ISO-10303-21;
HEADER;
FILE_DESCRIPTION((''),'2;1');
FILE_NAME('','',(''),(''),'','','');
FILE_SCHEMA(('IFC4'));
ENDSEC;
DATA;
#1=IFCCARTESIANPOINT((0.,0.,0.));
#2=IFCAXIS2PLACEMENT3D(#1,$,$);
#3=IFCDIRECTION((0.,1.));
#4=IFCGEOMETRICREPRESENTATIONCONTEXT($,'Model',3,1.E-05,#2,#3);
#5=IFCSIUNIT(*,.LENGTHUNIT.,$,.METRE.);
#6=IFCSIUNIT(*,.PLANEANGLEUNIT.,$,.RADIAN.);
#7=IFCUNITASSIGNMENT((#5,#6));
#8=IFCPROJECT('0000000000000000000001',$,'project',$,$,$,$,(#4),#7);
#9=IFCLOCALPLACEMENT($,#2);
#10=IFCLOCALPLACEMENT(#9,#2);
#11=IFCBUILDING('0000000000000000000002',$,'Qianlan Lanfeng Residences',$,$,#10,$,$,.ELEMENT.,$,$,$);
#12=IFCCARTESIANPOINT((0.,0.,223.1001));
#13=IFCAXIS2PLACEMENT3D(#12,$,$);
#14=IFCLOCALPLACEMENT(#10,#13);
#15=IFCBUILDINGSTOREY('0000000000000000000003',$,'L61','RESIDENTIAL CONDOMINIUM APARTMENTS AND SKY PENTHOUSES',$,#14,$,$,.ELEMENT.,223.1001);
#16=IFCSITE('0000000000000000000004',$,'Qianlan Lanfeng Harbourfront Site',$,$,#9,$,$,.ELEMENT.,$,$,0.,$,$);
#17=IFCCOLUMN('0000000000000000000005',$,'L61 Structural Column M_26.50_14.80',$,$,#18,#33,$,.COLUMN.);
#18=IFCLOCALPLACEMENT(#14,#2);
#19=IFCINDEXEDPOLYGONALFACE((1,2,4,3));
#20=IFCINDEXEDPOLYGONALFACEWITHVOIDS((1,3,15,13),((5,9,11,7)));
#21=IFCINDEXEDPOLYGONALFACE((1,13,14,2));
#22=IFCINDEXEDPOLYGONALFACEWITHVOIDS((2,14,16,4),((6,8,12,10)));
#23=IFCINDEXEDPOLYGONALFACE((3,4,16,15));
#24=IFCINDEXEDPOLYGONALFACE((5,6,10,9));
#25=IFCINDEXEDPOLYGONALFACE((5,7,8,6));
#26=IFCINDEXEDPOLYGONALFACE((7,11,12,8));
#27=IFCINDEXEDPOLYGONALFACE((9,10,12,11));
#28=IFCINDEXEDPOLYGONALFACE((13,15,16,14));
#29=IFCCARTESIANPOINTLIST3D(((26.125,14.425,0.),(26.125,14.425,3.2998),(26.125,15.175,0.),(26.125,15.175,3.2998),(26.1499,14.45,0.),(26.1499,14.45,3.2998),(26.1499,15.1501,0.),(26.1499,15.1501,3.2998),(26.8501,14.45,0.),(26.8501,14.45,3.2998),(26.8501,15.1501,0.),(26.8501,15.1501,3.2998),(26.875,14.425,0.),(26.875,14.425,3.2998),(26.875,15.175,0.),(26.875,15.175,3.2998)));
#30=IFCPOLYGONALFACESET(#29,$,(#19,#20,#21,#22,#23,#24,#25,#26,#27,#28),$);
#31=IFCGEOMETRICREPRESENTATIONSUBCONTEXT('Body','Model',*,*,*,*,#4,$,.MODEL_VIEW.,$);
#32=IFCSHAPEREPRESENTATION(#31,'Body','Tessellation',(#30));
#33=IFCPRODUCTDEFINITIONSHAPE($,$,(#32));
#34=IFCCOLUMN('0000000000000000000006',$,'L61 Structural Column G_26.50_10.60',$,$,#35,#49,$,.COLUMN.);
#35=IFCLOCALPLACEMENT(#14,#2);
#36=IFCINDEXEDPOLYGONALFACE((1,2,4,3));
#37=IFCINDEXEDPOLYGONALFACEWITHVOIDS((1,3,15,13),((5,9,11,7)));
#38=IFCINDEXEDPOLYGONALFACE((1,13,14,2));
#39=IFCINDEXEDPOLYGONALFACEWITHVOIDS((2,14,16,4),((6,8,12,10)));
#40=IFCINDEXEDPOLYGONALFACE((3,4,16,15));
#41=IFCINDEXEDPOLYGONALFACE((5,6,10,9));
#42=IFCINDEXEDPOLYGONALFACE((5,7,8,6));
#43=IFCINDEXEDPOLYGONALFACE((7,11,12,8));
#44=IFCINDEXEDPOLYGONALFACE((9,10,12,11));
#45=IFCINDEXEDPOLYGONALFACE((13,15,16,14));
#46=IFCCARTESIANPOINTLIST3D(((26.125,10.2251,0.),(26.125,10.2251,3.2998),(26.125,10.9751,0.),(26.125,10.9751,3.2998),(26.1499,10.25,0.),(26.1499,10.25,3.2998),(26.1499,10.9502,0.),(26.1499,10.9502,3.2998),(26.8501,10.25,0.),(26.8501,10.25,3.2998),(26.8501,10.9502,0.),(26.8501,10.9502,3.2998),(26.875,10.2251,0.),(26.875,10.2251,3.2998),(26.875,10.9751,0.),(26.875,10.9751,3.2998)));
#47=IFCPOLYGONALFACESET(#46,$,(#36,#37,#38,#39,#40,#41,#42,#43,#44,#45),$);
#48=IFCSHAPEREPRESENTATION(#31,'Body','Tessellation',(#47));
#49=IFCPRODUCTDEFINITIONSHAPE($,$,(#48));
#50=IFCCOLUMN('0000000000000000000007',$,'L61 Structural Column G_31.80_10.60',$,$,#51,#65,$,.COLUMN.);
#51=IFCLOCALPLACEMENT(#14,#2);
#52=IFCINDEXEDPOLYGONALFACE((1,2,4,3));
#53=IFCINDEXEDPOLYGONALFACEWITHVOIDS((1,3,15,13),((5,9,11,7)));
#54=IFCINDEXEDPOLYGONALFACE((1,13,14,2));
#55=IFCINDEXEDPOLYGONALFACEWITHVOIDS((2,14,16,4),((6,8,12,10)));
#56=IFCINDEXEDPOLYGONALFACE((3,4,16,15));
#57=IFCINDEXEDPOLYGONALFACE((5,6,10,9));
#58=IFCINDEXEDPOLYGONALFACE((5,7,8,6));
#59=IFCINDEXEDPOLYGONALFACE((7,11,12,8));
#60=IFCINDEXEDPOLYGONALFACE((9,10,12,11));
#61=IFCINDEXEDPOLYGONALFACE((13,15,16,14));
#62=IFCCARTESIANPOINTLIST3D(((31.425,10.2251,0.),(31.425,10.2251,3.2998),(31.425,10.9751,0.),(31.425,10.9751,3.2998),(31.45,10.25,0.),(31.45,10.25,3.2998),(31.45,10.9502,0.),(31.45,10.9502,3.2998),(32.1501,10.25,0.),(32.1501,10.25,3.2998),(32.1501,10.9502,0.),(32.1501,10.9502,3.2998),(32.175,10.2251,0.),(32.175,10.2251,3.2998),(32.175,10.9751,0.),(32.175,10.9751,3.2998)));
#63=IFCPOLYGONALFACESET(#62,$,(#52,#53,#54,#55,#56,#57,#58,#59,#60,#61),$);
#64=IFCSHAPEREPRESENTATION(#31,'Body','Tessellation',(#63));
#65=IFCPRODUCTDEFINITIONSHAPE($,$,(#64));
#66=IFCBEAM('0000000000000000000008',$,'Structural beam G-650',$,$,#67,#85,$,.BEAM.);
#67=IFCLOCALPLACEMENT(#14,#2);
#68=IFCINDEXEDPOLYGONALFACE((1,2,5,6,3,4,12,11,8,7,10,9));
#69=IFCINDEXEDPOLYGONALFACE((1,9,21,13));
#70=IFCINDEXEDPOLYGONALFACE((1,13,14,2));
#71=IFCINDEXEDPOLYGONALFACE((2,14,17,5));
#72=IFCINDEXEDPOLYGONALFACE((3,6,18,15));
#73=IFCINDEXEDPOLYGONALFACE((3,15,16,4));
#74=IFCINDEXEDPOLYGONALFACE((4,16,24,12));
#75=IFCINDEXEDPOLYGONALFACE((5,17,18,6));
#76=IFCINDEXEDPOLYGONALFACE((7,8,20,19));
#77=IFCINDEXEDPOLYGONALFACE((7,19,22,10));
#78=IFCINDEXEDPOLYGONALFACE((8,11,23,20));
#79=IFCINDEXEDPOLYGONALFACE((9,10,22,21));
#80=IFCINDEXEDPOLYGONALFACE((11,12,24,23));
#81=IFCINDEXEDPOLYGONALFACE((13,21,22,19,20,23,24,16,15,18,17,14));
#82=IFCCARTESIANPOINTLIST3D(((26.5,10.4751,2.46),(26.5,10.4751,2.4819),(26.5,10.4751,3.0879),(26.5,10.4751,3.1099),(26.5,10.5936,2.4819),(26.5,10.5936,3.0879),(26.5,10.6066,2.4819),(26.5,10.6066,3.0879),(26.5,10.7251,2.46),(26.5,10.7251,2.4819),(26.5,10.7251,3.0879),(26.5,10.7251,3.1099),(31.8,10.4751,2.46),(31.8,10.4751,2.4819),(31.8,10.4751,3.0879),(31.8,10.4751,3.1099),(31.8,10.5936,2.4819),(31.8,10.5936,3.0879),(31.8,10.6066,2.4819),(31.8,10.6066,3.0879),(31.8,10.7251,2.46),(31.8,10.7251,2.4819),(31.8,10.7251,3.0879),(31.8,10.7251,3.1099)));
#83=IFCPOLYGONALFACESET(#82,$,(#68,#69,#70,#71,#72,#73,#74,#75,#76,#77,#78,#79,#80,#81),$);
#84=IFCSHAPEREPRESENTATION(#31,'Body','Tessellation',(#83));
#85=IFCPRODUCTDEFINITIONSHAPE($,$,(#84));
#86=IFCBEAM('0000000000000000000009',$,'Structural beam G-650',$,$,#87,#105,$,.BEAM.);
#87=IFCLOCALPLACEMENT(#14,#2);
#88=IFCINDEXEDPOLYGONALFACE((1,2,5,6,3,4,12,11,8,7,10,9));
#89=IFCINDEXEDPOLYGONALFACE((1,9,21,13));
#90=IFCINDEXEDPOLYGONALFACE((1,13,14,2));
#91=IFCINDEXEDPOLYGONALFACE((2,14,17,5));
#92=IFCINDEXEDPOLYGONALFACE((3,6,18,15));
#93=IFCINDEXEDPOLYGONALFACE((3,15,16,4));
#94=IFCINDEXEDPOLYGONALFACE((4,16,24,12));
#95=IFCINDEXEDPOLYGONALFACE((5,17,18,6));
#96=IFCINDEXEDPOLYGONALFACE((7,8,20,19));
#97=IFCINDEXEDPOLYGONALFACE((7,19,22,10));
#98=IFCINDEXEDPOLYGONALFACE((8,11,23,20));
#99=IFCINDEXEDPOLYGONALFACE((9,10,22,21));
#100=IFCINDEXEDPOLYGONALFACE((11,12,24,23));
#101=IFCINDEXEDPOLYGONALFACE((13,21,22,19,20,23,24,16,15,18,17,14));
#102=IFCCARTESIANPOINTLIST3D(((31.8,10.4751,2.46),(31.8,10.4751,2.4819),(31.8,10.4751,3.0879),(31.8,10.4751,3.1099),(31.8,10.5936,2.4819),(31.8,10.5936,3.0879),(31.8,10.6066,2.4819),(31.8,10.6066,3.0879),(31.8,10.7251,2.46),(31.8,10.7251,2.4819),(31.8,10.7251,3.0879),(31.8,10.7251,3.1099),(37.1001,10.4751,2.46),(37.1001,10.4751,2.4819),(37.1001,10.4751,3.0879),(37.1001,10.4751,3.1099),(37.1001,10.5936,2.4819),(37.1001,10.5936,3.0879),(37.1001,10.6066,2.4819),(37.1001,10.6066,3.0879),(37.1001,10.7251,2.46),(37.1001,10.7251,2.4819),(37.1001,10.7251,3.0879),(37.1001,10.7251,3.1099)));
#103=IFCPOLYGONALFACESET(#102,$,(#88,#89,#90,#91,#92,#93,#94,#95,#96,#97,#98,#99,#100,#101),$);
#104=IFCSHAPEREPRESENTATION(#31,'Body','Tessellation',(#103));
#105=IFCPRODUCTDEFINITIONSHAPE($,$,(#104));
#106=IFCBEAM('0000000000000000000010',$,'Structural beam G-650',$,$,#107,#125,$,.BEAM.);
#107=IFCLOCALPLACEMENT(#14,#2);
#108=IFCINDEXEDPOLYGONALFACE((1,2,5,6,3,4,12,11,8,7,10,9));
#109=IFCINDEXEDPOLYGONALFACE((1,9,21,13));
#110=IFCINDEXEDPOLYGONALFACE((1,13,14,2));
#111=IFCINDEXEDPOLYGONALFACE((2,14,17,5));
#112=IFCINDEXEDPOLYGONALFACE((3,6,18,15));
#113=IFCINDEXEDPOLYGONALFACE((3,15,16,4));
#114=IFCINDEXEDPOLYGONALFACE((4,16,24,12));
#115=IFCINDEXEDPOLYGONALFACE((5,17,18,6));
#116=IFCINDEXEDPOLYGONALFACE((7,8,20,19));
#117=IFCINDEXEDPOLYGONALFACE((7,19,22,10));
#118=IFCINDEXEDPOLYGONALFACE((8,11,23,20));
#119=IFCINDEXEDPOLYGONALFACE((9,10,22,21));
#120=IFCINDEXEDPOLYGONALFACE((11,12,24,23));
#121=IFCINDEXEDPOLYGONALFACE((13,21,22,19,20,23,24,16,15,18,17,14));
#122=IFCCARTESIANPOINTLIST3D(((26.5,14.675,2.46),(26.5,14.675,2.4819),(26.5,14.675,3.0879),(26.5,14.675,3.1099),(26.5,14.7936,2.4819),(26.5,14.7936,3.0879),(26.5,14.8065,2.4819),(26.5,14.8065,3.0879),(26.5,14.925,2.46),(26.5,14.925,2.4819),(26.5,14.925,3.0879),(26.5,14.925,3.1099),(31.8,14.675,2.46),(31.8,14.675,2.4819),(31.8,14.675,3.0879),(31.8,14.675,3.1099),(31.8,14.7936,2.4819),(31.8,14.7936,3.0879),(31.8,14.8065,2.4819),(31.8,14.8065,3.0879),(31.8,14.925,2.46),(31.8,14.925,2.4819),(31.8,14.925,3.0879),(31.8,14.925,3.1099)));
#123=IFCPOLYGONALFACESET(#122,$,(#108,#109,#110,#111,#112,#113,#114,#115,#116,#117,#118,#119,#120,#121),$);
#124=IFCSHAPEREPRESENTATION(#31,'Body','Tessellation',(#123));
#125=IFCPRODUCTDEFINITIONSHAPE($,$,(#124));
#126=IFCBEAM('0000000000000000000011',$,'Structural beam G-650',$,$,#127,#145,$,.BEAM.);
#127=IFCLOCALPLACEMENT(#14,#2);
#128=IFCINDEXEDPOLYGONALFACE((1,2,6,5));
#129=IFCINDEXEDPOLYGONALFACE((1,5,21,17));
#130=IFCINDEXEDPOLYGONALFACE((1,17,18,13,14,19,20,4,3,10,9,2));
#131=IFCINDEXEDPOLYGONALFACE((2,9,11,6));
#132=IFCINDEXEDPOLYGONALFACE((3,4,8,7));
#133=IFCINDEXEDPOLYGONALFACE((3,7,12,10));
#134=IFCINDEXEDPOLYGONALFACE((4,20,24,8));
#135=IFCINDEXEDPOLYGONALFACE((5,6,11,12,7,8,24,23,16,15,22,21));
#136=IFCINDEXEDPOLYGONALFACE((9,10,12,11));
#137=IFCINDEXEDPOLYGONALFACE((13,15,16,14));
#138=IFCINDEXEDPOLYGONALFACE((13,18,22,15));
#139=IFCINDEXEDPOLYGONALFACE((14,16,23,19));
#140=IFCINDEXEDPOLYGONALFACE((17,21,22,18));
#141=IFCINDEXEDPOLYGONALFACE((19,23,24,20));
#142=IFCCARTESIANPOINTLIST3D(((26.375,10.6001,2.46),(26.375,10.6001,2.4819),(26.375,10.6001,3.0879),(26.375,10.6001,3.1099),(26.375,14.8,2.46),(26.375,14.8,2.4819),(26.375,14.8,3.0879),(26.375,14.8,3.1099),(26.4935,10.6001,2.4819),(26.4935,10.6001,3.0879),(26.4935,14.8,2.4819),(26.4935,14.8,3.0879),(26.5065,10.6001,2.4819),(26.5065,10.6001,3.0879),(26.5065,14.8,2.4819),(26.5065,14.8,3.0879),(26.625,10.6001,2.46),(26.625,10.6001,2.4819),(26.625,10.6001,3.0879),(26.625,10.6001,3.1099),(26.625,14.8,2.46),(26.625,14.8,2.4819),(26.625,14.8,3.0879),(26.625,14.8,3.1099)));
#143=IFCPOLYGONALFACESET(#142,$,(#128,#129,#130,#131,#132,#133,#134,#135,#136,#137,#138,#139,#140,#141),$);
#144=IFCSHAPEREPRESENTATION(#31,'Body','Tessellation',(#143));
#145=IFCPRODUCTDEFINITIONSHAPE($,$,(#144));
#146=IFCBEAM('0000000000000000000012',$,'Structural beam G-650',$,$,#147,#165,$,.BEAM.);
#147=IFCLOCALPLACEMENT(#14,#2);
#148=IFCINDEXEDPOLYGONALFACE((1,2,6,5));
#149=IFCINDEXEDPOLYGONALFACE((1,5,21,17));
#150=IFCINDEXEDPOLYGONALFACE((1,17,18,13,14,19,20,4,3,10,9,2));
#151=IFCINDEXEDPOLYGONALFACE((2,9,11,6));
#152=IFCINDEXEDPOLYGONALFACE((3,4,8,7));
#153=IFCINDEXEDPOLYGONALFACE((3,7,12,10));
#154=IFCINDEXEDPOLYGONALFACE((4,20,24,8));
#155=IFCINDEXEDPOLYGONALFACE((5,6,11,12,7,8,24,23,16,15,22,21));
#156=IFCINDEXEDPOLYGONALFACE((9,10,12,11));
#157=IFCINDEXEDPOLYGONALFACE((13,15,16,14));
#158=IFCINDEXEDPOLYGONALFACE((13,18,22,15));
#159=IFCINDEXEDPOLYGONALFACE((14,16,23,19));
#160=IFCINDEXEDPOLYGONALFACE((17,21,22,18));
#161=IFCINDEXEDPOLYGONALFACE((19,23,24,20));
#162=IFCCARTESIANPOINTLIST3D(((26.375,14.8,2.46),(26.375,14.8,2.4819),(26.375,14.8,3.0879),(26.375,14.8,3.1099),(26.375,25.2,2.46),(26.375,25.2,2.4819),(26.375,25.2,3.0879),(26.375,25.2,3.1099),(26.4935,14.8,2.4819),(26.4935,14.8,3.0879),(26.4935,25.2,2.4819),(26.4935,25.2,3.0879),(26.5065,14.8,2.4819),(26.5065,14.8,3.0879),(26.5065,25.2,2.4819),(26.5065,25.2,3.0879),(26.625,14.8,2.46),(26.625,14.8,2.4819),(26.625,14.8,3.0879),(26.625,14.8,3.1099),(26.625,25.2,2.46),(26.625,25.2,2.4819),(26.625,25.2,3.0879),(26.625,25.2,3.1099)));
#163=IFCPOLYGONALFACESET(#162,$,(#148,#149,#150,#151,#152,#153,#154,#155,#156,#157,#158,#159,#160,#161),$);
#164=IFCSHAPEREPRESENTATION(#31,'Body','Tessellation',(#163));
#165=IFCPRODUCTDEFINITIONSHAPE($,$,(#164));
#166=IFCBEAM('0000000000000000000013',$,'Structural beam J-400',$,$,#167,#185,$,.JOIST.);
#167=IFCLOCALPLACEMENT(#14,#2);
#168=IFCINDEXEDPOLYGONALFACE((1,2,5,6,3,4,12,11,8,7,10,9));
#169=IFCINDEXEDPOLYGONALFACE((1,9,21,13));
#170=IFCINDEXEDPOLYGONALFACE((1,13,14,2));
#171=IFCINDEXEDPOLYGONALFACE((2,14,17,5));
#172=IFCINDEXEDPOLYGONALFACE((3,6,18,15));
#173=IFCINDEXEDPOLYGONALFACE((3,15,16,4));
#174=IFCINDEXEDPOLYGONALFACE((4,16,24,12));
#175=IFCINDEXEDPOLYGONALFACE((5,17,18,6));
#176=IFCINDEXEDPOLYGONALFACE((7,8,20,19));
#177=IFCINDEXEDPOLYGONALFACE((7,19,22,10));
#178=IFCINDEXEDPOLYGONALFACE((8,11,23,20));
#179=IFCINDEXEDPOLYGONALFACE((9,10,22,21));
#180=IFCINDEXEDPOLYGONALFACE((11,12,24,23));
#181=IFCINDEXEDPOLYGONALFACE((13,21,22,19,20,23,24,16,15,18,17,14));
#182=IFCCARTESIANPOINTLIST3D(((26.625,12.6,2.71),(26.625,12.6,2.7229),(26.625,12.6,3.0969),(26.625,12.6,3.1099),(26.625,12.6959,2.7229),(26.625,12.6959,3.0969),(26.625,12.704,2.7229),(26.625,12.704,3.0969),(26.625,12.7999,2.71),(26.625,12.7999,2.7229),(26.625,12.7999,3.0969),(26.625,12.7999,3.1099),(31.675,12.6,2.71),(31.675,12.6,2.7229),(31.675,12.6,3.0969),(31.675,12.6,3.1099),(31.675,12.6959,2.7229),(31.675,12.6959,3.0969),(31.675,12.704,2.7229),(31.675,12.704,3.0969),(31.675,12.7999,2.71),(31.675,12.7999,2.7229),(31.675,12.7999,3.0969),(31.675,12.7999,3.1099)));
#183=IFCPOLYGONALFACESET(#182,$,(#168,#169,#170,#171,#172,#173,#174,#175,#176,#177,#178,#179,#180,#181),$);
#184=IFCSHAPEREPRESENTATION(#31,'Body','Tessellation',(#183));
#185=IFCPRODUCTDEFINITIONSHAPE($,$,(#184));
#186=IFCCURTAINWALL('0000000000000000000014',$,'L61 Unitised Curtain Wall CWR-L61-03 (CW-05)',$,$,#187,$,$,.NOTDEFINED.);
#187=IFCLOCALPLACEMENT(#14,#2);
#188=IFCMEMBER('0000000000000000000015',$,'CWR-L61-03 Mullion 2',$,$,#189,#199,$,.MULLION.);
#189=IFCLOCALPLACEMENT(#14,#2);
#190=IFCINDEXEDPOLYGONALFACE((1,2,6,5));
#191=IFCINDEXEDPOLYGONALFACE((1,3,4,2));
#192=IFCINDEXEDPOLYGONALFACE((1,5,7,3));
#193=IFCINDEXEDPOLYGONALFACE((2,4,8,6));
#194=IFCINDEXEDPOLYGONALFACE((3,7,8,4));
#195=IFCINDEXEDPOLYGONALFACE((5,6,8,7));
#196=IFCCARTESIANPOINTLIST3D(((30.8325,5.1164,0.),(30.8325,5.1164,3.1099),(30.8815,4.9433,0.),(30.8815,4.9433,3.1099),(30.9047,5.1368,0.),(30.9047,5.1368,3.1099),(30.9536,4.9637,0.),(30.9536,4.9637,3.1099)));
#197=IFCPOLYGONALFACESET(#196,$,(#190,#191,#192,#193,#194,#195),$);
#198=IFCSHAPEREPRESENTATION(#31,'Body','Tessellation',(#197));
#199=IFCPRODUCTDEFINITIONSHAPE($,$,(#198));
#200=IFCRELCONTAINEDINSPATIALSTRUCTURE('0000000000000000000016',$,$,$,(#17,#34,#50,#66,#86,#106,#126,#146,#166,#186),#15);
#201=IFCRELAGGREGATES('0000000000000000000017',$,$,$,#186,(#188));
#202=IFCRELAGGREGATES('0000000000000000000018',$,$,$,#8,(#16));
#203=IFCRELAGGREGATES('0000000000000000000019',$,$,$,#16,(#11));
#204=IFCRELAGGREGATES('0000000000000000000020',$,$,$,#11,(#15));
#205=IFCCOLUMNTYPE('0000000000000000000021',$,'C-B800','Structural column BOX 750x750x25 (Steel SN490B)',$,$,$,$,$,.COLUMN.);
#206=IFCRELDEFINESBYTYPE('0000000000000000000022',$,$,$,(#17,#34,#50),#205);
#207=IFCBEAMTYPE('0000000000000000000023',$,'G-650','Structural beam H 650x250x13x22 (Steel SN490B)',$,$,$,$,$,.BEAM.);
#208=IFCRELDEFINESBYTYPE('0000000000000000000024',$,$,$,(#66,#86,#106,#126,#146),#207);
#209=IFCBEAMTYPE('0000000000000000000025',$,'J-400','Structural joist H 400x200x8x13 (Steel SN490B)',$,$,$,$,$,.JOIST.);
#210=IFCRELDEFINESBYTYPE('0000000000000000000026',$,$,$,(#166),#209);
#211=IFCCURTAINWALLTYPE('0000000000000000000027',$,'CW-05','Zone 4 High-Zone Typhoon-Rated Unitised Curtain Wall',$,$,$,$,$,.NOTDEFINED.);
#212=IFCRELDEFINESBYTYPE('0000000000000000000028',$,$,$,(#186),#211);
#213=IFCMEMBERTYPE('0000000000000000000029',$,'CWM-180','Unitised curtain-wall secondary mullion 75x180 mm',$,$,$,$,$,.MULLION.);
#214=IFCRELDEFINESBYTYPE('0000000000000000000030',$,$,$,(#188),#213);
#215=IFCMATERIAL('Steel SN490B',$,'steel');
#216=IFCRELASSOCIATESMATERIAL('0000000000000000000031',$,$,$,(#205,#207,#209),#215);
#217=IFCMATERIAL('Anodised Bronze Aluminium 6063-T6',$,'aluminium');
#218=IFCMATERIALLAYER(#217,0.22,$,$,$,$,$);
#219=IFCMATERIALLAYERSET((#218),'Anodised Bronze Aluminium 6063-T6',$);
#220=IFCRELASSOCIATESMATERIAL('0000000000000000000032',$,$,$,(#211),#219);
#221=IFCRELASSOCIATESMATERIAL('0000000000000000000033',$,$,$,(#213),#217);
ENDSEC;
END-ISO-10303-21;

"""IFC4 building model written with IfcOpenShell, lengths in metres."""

from ifc_helpers import new_model, si_unit, direction, frame, origin, origin_2d, place, context, subcontext, project, spatial, rectangle, hollow_rectangle, i_section, extrude, source, transform, mapped, material, layer, layer_set, material_profile, profile_set, type_object, element, aggregate, save


model = new_model("IFC4")

# Units and contexts
model_context = context("Model", 3, precision=1e-05, world=origin(), true_north=direction((0.0, 1.0)))
body_context = subcontext(model_context, "Body", "Model", "MODEL_VIEW")
ifc_project = project(units=[si_unit("LENGTHUNIT", "METRE"), si_unit("PLANEANGLEUNIT", "RADIAN")], contexts=[model_context])

# Site, building, storey
site_placement = place(None, origin())
site = spatial("IfcSite", under=ifc_project, at=site_placement, Name="Qianlan Lanfeng Harbourfront Site", CompositionType="ELEMENT", RefElevation=0.0)
building_placement = place(site_placement, origin())
building = spatial("IfcBuilding", under=site, at=building_placement, Name="Qianlan Lanfeng Residences", CompositionType="ELEMENT")
storey_placement = place(building_placement, frame((0.0, 0.0, 223.1001)))
storey = spatial("IfcBuildingStorey", under=building, at=storey_placement, Name="L61", Description="RESIDENTIAL CONDOMINIUM APARTMENTS AND SKY PENTHOUSES", CompositionType="ELEMENT", Elevation=223.1001)

# Columns
ifc_material_1 = material(Name="Steel SN490B", Category="steel")
ifc_material_profile_1 = material_profile(ifc_material_1, hollow_rectangle(XDim=0.75, YDim=0.75, WallThickness=0.0249, at=origin_2d()), Name="BOX 750x750x25")
ifc_profile_set_1 = profile_set([ifc_material_profile_1], Name="Steel SN490B")
column_type = type_object("IfcColumnType", Name="C-B800", Description="Structural column BOX 750x750x25 (Steel SN490B)", PredefinedType="COLUMN", material=ifc_profile_set_1)
for number, where, z_axis, x_axis, name in (
    (1, (26.5, 14.8, 0.0), (0.0, 0.0, 1.0), (1.0, 0.0, 0.0), "L61 Structural Column M_26.50_14.80"),
    (2, (26.5, 10.6001, 0.0), (0.0, 0.0, 1.0), (1.0, 0.0, 0.0), "L61 Structural Column G_26.50_10.60"),
    (3, (31.8, 10.6001, 0.0), (0.0, 0.0, 1.0), (1.0, 0.0, 0.0), "L61 Structural Column G_31.80_10.60"),
):
    element("IfcColumn", number, at=place(storey_placement, frame(where, z_axis=z_axis, x_axis=x_axis)), inside=storey, type_object=column_type, Name=name, PredefinedType="COLUMN", context=body_context, shape_type="SweptSolid", body=[
        extrude(hollow_rectangle(XDim=0.75, YDim=0.75, WallThickness=0.0249, at=origin_2d()), origin(), (0.0, 0.0, 1.0), 3.2998),
    ])

# Beams
ifc_material_profile_2 = material_profile(ifc_material_1, i_section(OverallWidth=0.25, OverallDepth=0.6499, WebThickness=0.0129, FlangeThickness=0.022, at=origin_2d()), Name="H 650x250x13x22")
ifc_profile_set_2 = profile_set([ifc_material_profile_2], Name="Steel SN490B")
beam_type_1 = type_object("IfcBeamType", Name="G-650", Description="Structural beam H 650x250x13x22 (Steel SN490B)", PredefinedType="BEAM", material=ifc_profile_set_2)
for number, where, z_axis, x_axis, name in (
    (4, (26.5, 10.6001, 2.7849), (1.0, 0.0, 0.0), (0.0, 1.0, 0.0), "Structural beam G-650"),
    (5, (31.8, 10.6001, 2.7849), (1.0, 0.0, 0.0), (0.0, 1.0, 0.0), "Structural beam G-650"),
    (6, (26.5, 14.8, 2.7849), (1.0, 0.0, 0.0), (0.0, 1.0, 0.0), "Structural beam G-650"),
):
    element("IfcBeam", number, at=place(storey_placement, frame(where, z_axis=z_axis, x_axis=x_axis)), inside=storey, type_object=beam_type_1, Name=name, PredefinedType="BEAM", context=body_context, shape_type="SweptSolid", body=[
        extrude(i_section(OverallWidth=0.25, OverallDepth=0.6499, WebThickness=0.0129, FlangeThickness=0.022, at=origin_2d()), origin(), (0.0, 0.0, 1.0), 5.3),
    ])
beam_1_placement = place(storey_placement, frame((26.5, 10.6001, 2.7849), z_axis=(0.0, 1.0, 0.0), x_axis=(-1.0, 0.0, 0.0)))
element("IfcBeam", 7, at=beam_1_placement, inside=storey, type_object=beam_type_1, Name="Structural beam G-650", PredefinedType="BEAM", context=body_context, shape_type="SweptSolid", body=[
    extrude(i_section(OverallWidth=0.25, OverallDepth=0.6499, WebThickness=0.0129, FlangeThickness=0.022, at=origin_2d()), origin(), (0.0, 0.0, 1.0), 4.2),
])
beam_2_placement = place(storey_placement, frame((26.5, 14.8, 2.7849), z_axis=(0.0, 1.0, 0.0), x_axis=(-1.0, 0.0, 0.0)))
element("IfcBeam", 8, at=beam_2_placement, inside=storey, type_object=beam_type_1, Name="Structural beam G-650", PredefinedType="BEAM", context=body_context, shape_type="SweptSolid", body=[
    extrude(i_section(OverallWidth=0.25, OverallDepth=0.6499, WebThickness=0.0129, FlangeThickness=0.022, at=origin_2d()), origin(), (0.0, 0.0, 1.0), 10.3999),
])
ifc_material_profile_3 = material_profile(ifc_material_1, i_section(OverallWidth=0.2, OverallDepth=0.3999, WebThickness=0.0081, FlangeThickness=0.0129, at=origin_2d()), Name="H 400x200x8x13")
ifc_profile_set_3 = profile_set([ifc_material_profile_3], Name="Steel SN490B")
beam_type_2 = type_object("IfcBeamType", Name="J-400", Description="Structural joist H 400x200x8x13 (Steel SN490B)", PredefinedType="JOIST", material=ifc_profile_set_3)
beam_3_placement = place(storey_placement, frame((26.625, 12.7, 2.9099), z_axis=(1.0, 0.0, 0.0), x_axis=(0.0, 1.0, 0.0)))
element("IfcBeam", 9, at=beam_3_placement, inside=storey, type_object=beam_type_2, Name="Structural beam J-400", PredefinedType="JOIST", context=body_context, shape_type="SweptSolid", body=[
    extrude(i_section(OverallWidth=0.2, OverallDepth=0.3999, WebThickness=0.0081, FlangeThickness=0.0129, at=origin_2d()), origin(), (0.0, 0.0, 1.0), 5.05),
])

# Curtain wall, member
ifc_material_2 = material(Name="Anodised Bronze Aluminium 6063-T6", Category="aluminium")
ifc_layer_1 = layer(ifc_material_2, 0.22)
ifc_layer_set_1 = layer_set([ifc_layer_1], Name="Anodised Bronze Aluminium 6063-T6")
curtain_wall_type = type_object("IfcCurtainWallType", Name="CW-05", Description="Zone 4 High-Zone Typhoon-Rated Unitised Curtain Wall", PredefinedType="NOTDEFINED", material=ifc_layer_set_1)
curtain_wall_placement = place(storey_placement, origin())
curtain_wall = element("IfcCurtainWall", 10, at=curtain_wall_placement, inside=storey, type_object=curtain_wall_type, Name="L61 Unitised Curtain Wall CWR-L61-03 (CW-05)", PredefinedType="NOTDEFINED")
ifc_material_profile_4 = material_profile(ifc_material_2, rectangle(XDim=0.075, YDim=0.1799, at=origin_2d()), Name="ALU MULLION 75x180")
ifc_profile_set_4 = profile_set([ifc_material_profile_4], Name="Anodised Bronze Aluminium 6063-T6")
member_type_1 = type_object("IfcMemberType", Name="CWM-180", Description="Unitised curtain-wall secondary mullion 75x180 mm", PredefinedType="MULLION", material=ifc_profile_set_4)
shared_shape_1 = source(origin(), body_context, "Body", "SweptSolid", [
    extrude(rectangle(XDim=0.075, YDim=0.1799, at=origin_2d()), origin(), (0.0, 0.0, 1.0), 3.1099),
])
member_1_placement = place(storey_placement, frame((30.8931, 5.04, 0.0), z_axis=(0.0, 0.0, 1.0), x_axis=(0.962284, 0.272045, 0.0)))
member_1 = element("IfcMember", 11, at=member_1_placement, type_object=member_type_1, Name="CWR-L61-03 Mullion 2", PredefinedType="MULLION", context=body_context, shape_type="MappedRepresentation", body=[
    mapped(shared_shape_1, transform((0.0, 0.0, 0.0), scale=1.0)),
])
aggregate(curtain_wall, [member_1])

save(model, "model.ifc")
